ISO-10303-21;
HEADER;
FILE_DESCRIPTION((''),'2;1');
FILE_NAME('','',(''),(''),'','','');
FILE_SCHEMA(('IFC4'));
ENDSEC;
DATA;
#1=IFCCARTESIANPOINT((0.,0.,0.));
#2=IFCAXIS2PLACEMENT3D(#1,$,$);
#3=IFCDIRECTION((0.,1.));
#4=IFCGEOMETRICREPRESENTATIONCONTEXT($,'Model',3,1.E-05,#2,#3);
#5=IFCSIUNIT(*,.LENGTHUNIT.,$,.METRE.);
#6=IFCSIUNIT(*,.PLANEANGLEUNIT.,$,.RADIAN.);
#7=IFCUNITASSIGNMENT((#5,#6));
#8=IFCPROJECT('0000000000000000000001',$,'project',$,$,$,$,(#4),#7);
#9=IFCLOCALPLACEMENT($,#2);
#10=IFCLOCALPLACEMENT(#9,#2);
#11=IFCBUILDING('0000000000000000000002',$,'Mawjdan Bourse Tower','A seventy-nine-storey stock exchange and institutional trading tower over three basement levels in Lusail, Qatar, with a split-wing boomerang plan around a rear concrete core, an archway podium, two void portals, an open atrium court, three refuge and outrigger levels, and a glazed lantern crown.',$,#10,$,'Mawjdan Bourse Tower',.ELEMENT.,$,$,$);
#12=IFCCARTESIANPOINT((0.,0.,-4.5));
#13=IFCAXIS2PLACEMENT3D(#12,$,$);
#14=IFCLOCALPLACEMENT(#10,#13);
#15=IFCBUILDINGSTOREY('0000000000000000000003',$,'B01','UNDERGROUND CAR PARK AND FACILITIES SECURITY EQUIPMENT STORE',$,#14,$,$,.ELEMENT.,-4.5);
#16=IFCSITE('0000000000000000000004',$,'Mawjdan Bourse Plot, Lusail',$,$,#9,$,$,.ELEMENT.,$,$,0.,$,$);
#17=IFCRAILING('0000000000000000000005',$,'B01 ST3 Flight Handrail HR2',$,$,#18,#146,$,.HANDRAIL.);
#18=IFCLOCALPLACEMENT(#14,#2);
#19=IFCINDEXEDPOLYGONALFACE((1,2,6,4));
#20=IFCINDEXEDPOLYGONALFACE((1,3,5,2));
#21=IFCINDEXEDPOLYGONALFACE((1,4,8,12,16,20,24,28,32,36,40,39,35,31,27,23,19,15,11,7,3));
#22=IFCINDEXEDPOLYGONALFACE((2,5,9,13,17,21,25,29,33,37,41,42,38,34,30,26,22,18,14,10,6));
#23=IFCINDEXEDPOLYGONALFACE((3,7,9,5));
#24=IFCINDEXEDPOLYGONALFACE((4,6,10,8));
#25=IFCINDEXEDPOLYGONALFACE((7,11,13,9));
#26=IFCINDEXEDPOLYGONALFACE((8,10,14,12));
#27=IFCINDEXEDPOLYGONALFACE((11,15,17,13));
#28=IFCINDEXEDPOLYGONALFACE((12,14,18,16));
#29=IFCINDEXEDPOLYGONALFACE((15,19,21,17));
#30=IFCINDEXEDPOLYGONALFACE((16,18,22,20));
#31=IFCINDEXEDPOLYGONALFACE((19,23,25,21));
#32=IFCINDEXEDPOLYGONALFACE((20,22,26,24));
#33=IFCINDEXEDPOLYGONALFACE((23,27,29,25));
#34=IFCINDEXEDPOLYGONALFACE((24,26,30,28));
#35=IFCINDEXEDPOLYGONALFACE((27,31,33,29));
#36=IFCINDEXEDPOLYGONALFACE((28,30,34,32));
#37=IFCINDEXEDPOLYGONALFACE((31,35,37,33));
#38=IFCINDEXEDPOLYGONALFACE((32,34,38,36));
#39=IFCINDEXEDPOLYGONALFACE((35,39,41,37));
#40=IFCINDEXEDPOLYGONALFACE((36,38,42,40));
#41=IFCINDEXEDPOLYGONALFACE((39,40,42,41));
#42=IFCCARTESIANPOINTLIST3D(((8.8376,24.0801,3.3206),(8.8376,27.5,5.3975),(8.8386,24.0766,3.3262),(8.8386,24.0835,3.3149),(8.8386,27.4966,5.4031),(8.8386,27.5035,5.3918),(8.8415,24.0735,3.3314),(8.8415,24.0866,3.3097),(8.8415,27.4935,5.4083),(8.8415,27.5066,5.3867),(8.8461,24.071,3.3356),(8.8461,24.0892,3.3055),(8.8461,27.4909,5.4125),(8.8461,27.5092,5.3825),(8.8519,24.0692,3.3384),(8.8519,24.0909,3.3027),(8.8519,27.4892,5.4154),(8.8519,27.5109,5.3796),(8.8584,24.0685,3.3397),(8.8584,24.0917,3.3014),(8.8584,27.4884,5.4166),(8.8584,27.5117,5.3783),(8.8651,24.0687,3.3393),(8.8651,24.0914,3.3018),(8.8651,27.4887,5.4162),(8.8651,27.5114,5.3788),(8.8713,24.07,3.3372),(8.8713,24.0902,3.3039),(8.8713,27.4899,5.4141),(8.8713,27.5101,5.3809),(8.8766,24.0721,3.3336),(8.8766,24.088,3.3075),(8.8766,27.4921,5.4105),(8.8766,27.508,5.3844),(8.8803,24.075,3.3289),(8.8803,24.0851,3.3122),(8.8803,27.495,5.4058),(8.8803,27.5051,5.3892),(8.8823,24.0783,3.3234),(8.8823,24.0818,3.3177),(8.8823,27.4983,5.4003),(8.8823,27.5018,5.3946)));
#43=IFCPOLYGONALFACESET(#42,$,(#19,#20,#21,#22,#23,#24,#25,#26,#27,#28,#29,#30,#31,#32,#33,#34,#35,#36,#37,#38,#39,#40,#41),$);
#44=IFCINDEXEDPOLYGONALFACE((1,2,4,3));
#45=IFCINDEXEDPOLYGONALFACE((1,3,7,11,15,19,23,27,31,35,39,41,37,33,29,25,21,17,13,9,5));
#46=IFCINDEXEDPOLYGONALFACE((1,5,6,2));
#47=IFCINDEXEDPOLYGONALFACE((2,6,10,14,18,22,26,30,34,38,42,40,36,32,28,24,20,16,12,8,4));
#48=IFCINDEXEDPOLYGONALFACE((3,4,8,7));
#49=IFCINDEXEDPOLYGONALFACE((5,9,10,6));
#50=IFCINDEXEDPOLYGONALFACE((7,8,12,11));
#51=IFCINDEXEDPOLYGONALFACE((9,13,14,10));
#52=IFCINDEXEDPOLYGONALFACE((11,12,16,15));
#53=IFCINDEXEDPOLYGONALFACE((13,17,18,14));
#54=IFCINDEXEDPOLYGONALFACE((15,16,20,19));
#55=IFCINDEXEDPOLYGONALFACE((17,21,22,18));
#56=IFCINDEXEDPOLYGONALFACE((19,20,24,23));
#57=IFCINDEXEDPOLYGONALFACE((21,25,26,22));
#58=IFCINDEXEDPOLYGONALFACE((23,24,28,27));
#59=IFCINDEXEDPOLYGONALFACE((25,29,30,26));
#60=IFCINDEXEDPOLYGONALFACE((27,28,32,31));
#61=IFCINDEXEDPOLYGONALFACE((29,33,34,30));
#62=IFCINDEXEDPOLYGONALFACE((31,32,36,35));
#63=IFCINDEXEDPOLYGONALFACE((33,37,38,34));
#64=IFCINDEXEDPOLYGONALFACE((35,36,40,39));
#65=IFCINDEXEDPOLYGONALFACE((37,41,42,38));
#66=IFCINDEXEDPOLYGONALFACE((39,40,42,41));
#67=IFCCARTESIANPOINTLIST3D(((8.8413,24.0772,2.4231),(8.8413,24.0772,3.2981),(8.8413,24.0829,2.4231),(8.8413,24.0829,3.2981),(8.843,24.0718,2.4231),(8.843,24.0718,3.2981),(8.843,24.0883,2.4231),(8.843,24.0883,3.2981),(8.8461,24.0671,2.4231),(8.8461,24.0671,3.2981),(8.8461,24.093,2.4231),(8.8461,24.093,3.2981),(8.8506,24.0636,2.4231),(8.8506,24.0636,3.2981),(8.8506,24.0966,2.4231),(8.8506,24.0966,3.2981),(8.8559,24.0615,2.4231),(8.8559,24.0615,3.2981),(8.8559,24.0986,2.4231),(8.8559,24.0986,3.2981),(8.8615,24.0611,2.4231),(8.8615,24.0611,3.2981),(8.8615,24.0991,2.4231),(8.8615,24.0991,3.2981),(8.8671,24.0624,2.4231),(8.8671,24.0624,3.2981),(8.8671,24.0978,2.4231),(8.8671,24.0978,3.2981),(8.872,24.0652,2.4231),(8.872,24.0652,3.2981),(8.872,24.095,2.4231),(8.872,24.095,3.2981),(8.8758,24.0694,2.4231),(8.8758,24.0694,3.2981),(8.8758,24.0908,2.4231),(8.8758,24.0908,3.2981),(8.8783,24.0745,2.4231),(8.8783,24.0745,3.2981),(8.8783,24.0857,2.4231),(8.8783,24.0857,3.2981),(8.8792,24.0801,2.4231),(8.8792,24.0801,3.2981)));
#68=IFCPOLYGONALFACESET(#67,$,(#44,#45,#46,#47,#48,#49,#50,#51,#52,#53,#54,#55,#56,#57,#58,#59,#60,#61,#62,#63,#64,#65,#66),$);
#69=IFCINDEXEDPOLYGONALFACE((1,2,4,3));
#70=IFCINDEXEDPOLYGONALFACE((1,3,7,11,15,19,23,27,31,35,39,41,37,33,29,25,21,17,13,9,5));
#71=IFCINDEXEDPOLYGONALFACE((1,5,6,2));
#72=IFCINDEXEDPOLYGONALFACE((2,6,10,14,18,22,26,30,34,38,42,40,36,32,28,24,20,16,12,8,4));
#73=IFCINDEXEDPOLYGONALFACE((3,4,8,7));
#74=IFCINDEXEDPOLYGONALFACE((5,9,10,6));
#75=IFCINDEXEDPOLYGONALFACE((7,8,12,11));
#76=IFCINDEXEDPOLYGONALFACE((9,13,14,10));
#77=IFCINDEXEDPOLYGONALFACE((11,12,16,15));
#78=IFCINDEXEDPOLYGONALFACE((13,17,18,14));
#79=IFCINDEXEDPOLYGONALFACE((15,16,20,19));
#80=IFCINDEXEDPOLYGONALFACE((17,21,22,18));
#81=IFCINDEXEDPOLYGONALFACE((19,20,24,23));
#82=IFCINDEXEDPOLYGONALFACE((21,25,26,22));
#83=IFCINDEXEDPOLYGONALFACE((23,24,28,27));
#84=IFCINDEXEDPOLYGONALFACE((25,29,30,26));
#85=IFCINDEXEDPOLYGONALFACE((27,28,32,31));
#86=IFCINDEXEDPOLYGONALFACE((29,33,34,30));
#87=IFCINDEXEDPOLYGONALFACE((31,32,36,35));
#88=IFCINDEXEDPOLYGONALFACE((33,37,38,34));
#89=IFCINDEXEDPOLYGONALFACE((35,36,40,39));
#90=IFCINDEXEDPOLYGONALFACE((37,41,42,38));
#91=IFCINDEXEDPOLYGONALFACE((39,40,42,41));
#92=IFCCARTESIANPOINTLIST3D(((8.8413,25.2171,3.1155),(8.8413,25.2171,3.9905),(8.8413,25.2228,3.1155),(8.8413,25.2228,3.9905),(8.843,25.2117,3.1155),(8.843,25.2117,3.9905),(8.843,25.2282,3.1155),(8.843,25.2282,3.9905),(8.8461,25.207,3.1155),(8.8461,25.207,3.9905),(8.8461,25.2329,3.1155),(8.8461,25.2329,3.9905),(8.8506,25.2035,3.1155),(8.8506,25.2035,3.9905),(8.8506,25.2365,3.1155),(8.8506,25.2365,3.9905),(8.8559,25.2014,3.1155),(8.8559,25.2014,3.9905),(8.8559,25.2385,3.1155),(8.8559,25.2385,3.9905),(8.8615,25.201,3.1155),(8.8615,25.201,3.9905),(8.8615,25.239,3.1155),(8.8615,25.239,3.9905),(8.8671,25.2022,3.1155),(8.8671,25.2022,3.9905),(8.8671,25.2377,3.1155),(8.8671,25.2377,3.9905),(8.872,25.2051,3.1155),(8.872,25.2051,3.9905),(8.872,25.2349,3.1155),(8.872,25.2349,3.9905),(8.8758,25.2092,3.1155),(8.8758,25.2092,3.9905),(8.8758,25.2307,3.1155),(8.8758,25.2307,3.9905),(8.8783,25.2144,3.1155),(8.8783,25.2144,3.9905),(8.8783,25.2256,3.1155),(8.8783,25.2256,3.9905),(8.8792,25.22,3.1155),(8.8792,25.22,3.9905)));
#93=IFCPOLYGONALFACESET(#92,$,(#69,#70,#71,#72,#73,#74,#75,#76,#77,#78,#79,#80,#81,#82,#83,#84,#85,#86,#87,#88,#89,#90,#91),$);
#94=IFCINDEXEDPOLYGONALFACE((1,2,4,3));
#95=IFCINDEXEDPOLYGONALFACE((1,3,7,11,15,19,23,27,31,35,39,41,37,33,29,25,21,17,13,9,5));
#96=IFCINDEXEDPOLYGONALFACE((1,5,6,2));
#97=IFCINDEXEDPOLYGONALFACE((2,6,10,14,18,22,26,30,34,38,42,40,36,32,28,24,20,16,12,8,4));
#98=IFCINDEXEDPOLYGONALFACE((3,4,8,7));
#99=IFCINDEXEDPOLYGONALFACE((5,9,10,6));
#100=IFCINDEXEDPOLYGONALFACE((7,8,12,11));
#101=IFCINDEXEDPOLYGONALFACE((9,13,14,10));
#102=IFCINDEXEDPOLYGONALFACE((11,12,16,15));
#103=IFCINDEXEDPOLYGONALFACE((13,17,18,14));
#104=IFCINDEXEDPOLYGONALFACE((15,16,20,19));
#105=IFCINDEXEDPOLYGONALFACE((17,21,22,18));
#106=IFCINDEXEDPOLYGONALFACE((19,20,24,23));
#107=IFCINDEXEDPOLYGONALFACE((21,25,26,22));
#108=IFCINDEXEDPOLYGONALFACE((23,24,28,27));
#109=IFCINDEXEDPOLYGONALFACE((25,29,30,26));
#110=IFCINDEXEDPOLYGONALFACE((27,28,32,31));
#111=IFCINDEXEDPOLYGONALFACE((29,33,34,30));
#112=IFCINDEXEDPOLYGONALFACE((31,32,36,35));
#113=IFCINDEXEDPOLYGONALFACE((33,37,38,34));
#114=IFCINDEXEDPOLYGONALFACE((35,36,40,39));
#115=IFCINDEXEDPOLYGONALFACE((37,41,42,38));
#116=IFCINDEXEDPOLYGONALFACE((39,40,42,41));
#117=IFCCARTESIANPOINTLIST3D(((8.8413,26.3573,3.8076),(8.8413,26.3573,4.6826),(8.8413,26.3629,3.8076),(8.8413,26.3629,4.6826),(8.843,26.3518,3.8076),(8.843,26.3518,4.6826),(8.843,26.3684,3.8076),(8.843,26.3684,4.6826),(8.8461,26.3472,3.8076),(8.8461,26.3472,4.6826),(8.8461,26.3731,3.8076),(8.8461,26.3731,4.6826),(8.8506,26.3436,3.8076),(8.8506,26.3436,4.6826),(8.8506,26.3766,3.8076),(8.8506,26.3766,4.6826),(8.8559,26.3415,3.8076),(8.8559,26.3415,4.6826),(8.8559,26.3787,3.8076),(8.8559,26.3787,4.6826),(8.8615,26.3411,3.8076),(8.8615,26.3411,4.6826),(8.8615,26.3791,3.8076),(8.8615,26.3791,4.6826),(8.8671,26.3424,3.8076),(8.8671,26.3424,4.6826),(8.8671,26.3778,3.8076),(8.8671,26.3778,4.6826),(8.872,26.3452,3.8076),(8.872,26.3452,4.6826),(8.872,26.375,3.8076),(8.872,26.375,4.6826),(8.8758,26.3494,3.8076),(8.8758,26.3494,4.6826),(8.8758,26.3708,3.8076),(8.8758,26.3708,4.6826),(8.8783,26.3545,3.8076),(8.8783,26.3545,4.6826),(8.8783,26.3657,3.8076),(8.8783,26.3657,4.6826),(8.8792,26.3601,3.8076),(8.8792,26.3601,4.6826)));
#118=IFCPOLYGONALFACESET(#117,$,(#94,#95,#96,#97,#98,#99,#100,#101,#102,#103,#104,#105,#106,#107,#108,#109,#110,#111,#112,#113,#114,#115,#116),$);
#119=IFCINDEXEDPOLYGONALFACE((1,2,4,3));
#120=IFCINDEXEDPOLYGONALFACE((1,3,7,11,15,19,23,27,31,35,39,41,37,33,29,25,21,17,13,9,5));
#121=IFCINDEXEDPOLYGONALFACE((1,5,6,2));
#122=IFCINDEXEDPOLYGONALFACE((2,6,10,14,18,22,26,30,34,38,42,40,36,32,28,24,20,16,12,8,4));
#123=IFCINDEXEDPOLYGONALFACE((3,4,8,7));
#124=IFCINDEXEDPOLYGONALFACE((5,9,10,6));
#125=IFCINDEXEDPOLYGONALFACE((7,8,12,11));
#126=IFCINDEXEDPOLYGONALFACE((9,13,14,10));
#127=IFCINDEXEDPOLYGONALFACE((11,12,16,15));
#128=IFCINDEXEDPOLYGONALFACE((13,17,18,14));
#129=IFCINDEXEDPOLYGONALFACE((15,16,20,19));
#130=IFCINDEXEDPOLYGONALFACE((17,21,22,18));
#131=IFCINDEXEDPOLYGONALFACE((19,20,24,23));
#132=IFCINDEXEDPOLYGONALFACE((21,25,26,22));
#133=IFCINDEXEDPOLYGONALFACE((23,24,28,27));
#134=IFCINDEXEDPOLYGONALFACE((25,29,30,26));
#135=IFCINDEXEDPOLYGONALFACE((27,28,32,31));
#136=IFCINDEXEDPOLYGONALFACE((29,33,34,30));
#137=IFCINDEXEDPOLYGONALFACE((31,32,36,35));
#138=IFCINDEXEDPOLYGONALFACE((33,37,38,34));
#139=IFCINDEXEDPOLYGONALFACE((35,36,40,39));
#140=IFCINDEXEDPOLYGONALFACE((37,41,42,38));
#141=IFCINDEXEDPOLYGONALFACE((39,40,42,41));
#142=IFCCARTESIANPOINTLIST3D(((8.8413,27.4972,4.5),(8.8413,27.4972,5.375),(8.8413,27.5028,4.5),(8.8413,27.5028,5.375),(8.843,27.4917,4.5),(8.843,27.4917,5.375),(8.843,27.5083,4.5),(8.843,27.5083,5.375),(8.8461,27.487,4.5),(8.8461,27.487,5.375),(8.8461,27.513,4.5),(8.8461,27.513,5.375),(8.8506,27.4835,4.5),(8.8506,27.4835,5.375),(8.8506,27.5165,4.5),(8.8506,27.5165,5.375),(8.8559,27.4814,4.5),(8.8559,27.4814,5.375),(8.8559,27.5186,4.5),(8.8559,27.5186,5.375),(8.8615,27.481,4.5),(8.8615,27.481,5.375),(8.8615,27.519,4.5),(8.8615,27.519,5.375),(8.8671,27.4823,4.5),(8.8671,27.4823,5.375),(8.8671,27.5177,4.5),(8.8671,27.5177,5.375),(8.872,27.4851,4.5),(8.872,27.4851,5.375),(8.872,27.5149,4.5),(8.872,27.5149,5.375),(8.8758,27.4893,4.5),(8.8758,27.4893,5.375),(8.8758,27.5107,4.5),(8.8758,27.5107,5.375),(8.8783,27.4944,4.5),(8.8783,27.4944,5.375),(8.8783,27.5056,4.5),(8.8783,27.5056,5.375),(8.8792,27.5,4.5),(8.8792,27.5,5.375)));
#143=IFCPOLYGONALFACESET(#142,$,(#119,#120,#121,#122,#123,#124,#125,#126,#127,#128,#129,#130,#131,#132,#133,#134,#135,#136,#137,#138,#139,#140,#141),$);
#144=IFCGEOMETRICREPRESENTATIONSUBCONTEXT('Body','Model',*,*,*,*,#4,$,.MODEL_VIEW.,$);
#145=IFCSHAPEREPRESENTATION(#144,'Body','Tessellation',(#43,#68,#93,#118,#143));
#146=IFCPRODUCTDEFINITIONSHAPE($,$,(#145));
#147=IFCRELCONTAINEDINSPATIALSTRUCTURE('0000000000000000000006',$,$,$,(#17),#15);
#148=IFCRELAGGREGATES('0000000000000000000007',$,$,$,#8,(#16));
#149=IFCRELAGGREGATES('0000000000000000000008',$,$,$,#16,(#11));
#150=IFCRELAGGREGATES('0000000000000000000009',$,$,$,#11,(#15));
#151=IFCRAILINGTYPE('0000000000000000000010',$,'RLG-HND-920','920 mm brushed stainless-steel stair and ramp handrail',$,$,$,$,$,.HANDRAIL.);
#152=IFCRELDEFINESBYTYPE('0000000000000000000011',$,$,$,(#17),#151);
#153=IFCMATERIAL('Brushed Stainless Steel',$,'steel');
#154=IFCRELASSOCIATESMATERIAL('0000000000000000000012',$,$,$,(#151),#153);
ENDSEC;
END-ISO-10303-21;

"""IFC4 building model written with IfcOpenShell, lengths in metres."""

from ifc_helpers import new_model, si_unit, direction, frame, origin, origin_2d, place, context, subcontext, project, spatial, circle, extrude, material, type_object, element, save


model = new_model("IFC4")

# Units and contexts
model_context = context("Model", 3, precision=1e-05, world=origin(), true_north=direction((0.0, 1.0)))
body_context = subcontext(model_context, "Body", "Model", "MODEL_VIEW")
ifc_project = project(units=[si_unit("LENGTHUNIT", "METRE"), si_unit("PLANEANGLEUNIT", "RADIAN")], contexts=[model_context])

# Site, building, storey
site_placement = place(None, origin())
site = spatial("IfcSite", under=ifc_project, at=site_placement, Name="Mawjdan Bourse Plot, Lusail", CompositionType="ELEMENT", RefElevation=0.0)
building_placement = place(site_placement, origin())
building = spatial("IfcBuilding", under=site, at=building_placement, Name="Mawjdan Bourse Tower", Description="A seventy-nine-storey stock exchange and institutional trading tower over three basement levels in Lusail, Qatar, with a split-wing boomerang plan around a rear concrete core, an archway podium, two void portals, an open atrium court, three refuge and outrigger levels, and a glazed lantern crown.", LongName="Mawjdan Bourse Tower", CompositionType="ELEMENT")
storey_placement = place(building_placement, frame((0.0, 0.0, -4.5)))
storey = spatial("IfcBuildingStorey", under=building, at=storey_placement, Name="B01", Description="UNDERGROUND CAR PARK AND FACILITIES SECURITY EQUIPMENT STORE", CompositionType="ELEMENT", Elevation=-4.5)

# Railing
ifc_material_1 = material(Name="Brushed Stainless Steel", Category="steel")
railing_type_1 = type_object("IfcRailingType", Name="RLG-HND-920", Description="920 mm brushed stainless-steel stair and ramp handrail", PredefinedType="HANDRAIL", material=ifc_material_1)
railing_placement = place(storey_placement, frame((8.8601, 24.0801, 2.4231)))
element("IfcRailing", 1, at=railing_placement, inside=storey, type_object=railing_type_1, Name="B01 ST3 Flight Handrail HR2", PredefinedType="HANDRAIL", context=body_context, shape_type="SweptSolid", body=[
    extrude(circle(Radius=0.0225, at=origin_2d()), frame((0.0, 0.0, 0.8975), z_axis=(0.0, 0.85473, 0.519074), x_axis=(-1.0, 0.0, 0.0)), (0.0, 0.0, 1.0), 4.0012),
    extrude(circle(Radius=0.019, at=origin_2d()), origin(), (0.0, 0.0, 1.0), 0.875),
    extrude(circle(Radius=0.019, at=origin_2d()), frame((0.0, 1.1399, 0.6924)), (0.0, 0.0, 1.0), 0.875),
    extrude(circle(Radius=0.019, at=origin_2d()), frame((0.0, 2.28, 1.3845)), (0.0, 0.0, 1.0), 0.875),
    extrude(circle(Radius=0.019, at=origin_2d()), frame((0.0, 3.4199, 2.0769)), (0.0, 0.0, 1.0), 0.875),
])

save(model, "model.ifc")
